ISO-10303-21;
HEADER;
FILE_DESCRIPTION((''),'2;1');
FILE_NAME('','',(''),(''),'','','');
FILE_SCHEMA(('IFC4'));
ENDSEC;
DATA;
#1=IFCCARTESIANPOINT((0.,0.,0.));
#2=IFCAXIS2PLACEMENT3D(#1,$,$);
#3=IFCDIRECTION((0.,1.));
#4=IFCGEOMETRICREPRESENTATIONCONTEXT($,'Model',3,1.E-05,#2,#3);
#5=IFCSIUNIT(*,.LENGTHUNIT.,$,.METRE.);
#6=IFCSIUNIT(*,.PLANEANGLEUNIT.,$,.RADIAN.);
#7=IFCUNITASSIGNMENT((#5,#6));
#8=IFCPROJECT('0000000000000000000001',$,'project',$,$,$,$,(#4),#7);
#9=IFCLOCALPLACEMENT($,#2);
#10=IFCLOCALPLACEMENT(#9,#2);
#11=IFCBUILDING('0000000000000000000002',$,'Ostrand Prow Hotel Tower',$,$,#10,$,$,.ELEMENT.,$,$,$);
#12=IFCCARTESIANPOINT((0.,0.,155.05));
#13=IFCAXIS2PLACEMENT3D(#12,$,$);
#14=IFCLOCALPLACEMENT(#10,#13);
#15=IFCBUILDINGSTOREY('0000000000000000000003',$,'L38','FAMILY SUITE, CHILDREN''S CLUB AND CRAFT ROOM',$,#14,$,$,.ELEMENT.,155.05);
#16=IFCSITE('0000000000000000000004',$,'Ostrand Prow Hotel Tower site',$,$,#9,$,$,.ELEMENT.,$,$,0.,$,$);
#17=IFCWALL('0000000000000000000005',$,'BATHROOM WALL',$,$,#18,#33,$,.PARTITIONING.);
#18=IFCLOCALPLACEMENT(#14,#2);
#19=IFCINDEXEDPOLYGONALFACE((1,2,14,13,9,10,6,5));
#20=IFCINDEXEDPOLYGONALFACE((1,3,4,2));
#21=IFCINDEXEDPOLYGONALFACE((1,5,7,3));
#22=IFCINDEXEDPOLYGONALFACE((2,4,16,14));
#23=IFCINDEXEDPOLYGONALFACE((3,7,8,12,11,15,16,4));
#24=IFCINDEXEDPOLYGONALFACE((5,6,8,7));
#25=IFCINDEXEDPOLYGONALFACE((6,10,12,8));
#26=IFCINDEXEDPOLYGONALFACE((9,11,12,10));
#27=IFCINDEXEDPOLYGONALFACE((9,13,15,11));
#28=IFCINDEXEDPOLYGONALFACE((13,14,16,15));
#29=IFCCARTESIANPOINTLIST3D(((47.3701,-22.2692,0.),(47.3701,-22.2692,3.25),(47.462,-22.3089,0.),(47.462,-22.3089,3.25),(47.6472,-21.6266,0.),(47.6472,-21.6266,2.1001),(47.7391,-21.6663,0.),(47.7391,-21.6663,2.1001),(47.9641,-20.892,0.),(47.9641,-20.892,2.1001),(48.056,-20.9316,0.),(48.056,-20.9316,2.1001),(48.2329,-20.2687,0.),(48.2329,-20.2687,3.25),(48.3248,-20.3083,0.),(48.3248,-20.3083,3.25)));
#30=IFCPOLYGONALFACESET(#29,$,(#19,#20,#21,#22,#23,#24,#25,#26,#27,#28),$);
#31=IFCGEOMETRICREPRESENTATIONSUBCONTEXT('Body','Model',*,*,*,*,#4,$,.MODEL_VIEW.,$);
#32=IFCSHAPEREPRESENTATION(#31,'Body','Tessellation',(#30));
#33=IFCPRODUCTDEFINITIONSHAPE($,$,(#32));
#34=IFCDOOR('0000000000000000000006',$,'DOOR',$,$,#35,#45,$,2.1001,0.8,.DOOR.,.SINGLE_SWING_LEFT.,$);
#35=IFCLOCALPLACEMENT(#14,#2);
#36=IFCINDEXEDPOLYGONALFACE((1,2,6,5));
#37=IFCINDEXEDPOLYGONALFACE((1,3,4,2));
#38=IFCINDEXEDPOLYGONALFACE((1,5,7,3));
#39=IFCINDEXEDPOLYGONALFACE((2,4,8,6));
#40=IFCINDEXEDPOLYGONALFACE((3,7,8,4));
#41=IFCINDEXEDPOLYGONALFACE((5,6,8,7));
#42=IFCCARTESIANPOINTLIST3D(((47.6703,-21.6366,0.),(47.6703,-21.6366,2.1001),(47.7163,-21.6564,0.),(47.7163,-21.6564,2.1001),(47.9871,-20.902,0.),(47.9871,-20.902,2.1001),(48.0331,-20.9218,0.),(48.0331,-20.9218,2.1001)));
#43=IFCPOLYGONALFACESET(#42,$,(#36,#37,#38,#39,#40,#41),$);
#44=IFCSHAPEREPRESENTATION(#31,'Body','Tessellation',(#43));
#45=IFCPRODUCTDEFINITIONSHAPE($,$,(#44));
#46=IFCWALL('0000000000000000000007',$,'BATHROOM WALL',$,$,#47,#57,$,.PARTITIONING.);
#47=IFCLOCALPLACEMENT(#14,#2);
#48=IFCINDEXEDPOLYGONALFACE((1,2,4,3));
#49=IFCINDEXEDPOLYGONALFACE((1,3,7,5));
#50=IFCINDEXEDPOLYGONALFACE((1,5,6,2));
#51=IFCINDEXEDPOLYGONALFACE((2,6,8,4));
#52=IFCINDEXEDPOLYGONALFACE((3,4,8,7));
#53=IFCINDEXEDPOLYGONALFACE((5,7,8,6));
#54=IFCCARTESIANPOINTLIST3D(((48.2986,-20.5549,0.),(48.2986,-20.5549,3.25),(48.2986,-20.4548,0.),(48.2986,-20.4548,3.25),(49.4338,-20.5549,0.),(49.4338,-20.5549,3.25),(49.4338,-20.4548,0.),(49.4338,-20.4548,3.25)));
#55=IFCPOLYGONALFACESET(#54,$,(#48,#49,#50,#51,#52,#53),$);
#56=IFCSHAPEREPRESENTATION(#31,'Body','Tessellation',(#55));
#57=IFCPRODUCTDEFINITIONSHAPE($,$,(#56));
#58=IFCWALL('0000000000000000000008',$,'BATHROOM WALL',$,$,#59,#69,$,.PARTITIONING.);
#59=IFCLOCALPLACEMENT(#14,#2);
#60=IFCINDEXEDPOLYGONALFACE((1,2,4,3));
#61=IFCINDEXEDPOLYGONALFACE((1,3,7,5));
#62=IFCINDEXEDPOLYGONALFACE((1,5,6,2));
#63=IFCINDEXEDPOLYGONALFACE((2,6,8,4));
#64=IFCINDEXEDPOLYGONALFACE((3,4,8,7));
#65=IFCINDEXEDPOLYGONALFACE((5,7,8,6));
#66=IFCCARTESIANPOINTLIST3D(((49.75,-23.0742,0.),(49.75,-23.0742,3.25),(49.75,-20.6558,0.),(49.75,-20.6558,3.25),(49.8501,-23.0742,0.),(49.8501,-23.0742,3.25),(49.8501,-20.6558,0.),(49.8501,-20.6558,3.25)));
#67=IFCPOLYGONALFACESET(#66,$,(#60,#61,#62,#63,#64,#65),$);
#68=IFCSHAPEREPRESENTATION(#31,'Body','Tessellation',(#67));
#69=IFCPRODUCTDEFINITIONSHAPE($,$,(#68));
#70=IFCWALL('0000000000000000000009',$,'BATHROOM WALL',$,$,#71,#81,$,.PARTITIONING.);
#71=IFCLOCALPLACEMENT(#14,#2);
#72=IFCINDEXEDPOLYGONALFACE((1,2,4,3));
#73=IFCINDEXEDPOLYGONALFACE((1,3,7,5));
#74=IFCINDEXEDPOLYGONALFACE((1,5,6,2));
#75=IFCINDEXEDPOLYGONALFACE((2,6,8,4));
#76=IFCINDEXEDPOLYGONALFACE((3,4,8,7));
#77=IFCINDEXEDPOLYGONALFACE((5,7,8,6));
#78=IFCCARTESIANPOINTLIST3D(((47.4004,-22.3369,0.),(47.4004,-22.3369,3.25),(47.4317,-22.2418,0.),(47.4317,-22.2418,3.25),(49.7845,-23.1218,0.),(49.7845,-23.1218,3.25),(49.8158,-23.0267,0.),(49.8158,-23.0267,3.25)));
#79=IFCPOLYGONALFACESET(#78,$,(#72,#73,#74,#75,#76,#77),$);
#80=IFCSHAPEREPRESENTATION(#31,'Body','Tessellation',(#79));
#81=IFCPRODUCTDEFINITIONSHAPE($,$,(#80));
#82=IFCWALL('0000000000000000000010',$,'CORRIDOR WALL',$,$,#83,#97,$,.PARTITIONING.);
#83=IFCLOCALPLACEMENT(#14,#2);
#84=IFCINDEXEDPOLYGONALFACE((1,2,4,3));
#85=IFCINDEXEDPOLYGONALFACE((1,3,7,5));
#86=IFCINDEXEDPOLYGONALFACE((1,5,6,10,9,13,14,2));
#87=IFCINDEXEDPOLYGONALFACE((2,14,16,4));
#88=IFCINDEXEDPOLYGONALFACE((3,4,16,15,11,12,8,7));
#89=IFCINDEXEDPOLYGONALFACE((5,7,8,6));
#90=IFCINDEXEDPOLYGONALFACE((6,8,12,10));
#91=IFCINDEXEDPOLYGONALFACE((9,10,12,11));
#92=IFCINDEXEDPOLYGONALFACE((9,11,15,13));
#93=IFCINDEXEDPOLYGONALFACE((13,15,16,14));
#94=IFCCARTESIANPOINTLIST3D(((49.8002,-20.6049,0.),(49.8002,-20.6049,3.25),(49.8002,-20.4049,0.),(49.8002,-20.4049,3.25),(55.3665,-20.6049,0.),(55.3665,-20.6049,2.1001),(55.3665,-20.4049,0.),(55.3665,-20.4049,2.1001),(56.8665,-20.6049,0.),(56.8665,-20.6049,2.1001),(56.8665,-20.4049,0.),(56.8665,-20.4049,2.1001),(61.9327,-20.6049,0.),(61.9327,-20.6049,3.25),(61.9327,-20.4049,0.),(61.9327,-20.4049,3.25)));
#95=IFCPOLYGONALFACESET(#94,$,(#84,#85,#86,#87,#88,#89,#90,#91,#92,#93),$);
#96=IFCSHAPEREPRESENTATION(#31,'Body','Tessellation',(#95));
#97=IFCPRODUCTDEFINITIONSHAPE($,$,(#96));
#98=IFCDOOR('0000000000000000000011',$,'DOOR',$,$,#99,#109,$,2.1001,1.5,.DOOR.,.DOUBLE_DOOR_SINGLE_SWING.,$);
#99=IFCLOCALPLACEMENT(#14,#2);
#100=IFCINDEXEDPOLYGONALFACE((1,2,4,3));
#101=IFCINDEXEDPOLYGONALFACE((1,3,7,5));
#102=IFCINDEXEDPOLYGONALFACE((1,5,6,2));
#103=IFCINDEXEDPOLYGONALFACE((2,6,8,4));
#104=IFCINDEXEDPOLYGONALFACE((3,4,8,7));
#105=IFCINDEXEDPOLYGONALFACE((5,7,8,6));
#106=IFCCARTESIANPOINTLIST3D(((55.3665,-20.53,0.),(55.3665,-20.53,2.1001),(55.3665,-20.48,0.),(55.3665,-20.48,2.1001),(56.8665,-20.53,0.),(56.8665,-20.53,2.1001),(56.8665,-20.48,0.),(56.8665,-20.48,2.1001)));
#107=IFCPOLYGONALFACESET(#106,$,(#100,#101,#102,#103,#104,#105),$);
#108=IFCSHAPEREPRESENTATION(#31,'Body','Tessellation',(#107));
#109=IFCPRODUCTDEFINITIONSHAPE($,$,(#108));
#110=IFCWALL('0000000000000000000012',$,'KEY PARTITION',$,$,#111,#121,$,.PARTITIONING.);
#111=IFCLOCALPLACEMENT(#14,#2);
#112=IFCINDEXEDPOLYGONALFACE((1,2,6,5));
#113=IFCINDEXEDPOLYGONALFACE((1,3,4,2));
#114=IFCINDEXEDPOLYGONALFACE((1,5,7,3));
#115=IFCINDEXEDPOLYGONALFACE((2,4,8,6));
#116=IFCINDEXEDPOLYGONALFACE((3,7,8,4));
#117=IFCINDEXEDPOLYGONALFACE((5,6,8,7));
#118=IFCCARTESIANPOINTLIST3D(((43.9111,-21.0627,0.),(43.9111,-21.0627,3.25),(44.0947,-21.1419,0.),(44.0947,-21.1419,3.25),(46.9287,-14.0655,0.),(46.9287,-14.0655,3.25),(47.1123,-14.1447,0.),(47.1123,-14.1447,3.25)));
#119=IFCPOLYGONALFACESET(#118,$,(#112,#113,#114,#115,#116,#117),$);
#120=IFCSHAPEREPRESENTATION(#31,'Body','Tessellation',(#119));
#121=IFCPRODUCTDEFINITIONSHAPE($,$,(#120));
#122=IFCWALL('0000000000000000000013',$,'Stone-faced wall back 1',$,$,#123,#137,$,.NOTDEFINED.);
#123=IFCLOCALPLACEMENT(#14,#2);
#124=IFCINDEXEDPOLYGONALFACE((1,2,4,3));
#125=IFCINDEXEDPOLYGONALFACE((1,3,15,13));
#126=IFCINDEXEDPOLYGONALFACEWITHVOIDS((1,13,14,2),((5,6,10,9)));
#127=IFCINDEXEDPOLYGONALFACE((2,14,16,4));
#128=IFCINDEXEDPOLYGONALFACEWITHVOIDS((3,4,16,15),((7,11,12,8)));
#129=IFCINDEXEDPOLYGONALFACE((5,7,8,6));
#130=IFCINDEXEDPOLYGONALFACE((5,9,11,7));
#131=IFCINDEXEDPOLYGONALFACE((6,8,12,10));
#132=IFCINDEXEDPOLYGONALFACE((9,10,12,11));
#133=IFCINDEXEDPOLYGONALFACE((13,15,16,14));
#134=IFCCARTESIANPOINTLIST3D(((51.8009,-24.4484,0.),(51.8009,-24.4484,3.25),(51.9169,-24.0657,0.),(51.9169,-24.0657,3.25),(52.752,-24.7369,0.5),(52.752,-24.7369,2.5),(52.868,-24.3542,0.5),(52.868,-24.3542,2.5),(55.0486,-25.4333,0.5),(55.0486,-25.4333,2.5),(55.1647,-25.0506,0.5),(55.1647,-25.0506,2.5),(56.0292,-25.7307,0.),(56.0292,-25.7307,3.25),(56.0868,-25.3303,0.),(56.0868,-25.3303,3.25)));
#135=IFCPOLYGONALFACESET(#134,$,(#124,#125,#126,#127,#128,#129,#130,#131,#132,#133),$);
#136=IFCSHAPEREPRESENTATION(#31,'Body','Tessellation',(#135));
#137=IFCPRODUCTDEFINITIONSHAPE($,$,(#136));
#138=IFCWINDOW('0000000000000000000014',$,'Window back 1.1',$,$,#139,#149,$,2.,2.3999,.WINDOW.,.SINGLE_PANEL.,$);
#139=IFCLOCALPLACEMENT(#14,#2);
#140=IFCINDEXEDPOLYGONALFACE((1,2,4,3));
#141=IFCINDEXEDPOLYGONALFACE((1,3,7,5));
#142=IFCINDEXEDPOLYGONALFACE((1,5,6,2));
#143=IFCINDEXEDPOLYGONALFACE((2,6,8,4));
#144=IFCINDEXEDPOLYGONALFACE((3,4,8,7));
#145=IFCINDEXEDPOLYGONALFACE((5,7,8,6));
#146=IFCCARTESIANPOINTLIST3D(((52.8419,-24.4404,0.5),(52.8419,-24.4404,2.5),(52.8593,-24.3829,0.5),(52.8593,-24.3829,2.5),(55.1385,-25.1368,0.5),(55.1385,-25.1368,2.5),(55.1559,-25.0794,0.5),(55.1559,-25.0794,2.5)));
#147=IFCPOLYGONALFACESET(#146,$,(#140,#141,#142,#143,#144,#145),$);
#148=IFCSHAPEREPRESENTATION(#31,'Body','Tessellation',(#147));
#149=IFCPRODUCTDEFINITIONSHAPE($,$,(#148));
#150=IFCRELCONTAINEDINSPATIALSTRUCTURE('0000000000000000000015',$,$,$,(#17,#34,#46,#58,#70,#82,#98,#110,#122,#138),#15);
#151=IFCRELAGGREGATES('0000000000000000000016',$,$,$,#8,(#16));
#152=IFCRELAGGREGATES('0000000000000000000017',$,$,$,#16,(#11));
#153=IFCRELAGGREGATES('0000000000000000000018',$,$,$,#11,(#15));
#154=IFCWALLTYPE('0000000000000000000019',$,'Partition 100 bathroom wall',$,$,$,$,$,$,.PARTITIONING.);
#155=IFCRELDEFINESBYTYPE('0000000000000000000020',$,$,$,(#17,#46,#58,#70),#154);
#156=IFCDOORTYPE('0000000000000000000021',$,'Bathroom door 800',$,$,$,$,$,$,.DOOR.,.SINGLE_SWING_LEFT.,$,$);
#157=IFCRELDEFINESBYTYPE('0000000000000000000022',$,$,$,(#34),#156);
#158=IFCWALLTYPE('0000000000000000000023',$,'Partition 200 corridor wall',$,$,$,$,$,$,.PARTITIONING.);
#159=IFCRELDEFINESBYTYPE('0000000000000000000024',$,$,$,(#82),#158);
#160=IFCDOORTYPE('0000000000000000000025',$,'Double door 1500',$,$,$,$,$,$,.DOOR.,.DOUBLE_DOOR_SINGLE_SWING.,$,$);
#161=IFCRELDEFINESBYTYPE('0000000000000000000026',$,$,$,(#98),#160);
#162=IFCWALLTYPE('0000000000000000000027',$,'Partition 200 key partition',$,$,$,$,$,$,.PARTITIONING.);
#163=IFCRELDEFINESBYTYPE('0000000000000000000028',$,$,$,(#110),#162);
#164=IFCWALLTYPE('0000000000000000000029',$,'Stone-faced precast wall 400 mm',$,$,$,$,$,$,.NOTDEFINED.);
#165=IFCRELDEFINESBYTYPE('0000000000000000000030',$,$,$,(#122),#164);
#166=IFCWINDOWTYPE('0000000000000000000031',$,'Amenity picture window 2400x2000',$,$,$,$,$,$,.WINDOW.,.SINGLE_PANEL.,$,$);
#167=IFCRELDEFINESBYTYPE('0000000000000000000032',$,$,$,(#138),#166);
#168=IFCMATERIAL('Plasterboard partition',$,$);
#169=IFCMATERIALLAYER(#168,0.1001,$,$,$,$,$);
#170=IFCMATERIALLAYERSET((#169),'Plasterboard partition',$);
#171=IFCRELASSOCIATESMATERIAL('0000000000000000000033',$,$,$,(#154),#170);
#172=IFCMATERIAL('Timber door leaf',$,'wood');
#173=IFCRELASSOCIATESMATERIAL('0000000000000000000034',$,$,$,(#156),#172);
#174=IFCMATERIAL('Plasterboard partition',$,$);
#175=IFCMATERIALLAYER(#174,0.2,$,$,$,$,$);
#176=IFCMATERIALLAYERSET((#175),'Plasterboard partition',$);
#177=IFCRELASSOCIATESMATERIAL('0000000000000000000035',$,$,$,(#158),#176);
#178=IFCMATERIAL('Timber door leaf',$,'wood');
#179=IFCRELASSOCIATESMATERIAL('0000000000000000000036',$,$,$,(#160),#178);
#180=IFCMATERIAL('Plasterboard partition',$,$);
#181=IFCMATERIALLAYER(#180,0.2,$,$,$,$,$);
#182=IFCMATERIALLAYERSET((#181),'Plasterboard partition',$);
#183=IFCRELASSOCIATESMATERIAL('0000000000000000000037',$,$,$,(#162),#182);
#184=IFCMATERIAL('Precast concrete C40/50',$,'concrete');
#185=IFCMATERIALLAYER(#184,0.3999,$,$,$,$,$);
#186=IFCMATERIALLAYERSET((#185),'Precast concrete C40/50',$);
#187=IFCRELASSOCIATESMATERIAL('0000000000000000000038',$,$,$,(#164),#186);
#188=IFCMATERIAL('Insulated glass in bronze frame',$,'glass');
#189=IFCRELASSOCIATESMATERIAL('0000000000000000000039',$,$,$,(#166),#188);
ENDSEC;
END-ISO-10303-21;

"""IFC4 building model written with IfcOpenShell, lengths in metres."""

from ifc_helpers import new_model, si_unit, direction, frame, frame_2d, origin, place, context, subcontext, project, spatial, polyline, rectangle, outline, extrude, material, layer, layer_set, type_object, element, fill, save


model = new_model("IFC4")

# Units and contexts
model_context = context("Model", 3, precision=1e-05, world=origin(), true_north=direction((0.0, 1.0)))
body_context = subcontext(model_context, "Body", "Model", "MODEL_VIEW")
ifc_project = project(units=[si_unit("LENGTHUNIT", "METRE"), si_unit("PLANEANGLEUNIT", "RADIAN")], contexts=[model_context])

# Site, building, storey
site_placement = place(None, origin())
site = spatial("IfcSite", under=ifc_project, at=site_placement, Name="Ostrand Prow Hotel Tower site", CompositionType="ELEMENT", RefElevation=0.0)
building_placement = place(site_placement, origin())
building = spatial("IfcBuilding", under=site, at=building_placement, Name="Ostrand Prow Hotel Tower", CompositionType="ELEMENT")
storey_placement = place(building_placement, frame((0.0, 0.0, 155.05)))
storey = spatial("IfcBuildingStorey", under=building, at=storey_placement, Name="L38", Description="FAMILY SUITE, CHILDREN'S CLUB AND CRAFT ROOM", CompositionType="ELEMENT", Elevation=155.05)

# Wall, opening, door
ifc_material_1 = material(Name="Plasterboard partition")
ifc_layer_1 = layer(ifc_material_1, 0.1001)
ifc_layer_set_1 = layer_set([ifc_layer_1], Name="Plasterboard partition")
wall_type_1 = type_object("IfcWallType", Name="Partition 100 bathroom wall", PredefinedType="PARTITIONING", material=ifc_layer_set_1)
wall_1_placement = place(storey_placement, frame((47.416, -22.2891, 0.0), z_axis=(0.0, 0.0, 1.0), x_axis=(0.396028, 0.918238, 0.0)))
wall_1 = element("IfcWall", 1, at=wall_1_placement, inside=storey, type_object=wall_type_1, Name="BATHROOM WALL", PredefinedType="PARTITIONING", context=body_context, shape_type="SweptSolid", body=[
    extrude(rectangle(XDim=2.1787, YDim=0.1001, at=frame_2d((1.0894, 0.0))), origin(), (0.0, 0.0, 1.0), 3.25),
])
opening_1_placement = place(wall_1_placement, frame((0.7, 0.0, 0.0)))
opening_1 = element("IfcOpeningElement", 2, at=opening_1_placement, cuts=wall_1, PredefinedType="OPENING", context=body_context, shape_type="SweptSolid", body=[
    extrude(rectangle(XDim=0.8, YDim=2.1001, at=frame_2d((0.3999, 1.05))), frame((0.0, 0.0601, 0.0), z_axis=(0.0, -1.0, 0.0), x_axis=(1.0, 0.0, 0.0)), (0.0, 0.0, 1.0), 0.1201),
])
ifc_material_2 = material(Name="Timber door leaf", Category="wood")
door_type_1 = type_object("IfcDoorType", Name="Bathroom door 800", OperationType="SINGLE_SWING_LEFT", PredefinedType="DOOR", material=ifc_material_2)
door_1_placement = place(opening_1_placement, origin())
door_1 = element("IfcDoor", 3, at=door_1_placement, inside=storey, type_object=door_type_1, Name="DOOR", OperationType="SINGLE_SWING_LEFT", OverallHeight=2.1001, OverallWidth=0.8, PredefinedType="DOOR", context=body_context, shape_type="SweptSolid", body=[
    extrude(rectangle(XDim=0.8, YDim=2.1001, at=frame_2d((0.3999, 1.05))), frame((0.0, 0.0249, 0.0), z_axis=(0.0, -1.0, 0.0), x_axis=(1.0, 0.0, 0.0)), (0.0, 0.0, 1.0), 0.05),
])
fill(opening_1, door_1)

# Walls
wall_2_placement = place(storey_placement, frame((48.2986, -20.5049, 0.0), z_axis=(0.0, 0.0, 1.0), x_axis=(1.0, 0.0, 0.0)))
element("IfcWall", 4, at=wall_2_placement, inside=storey, type_object=wall_type_1, Name="BATHROOM WALL", PredefinedType="PARTITIONING", context=body_context, shape_type="SweptSolid", body=[
    extrude(rectangle(XDim=1.1353, YDim=0.1001, at=frame_2d((0.5676, 0.0))), origin(), (0.0, 0.0, 1.0), 3.25),
])
wall_3_placement = place(storey_placement, frame((49.8, -20.6558, 0.0), z_axis=(0.0, 0.0, 1.0), x_axis=(0.0, -1.0, 0.0)))
element("IfcWall", 5, at=wall_3_placement, inside=storey, type_object=wall_type_1, Name="BATHROOM WALL", PredefinedType="PARTITIONING", context=body_context, shape_type="SweptSolid", body=[
    extrude(rectangle(XDim=2.4185, YDim=0.1001, at=frame_2d((1.2092, 0.0))), origin(), (0.0, 0.0, 1.0), 3.25),
])
wall_4_placement = place(storey_placement, frame((49.8, -23.0742, 0.0), z_axis=(0.0, 0.0, 1.0), x_axis=(-0.949844, 0.312724, 0.0)))
element("IfcWall", 6, at=wall_4_placement, inside=storey, type_object=wall_type_1, Name="BATHROOM WALL", PredefinedType="PARTITIONING", context=body_context, shape_type="SweptSolid", body=[
    extrude(rectangle(XDim=2.51, YDim=0.1001, at=frame_2d((1.2549, 0.0))), origin(), (0.0, 0.0, 1.0), 3.25),
])

# Wall, opening, door
ifc_material_3 = material(Name="Plasterboard partition")
ifc_layer_2 = layer(ifc_material_3, 0.2)
ifc_layer_set_2 = layer_set([ifc_layer_2], Name="Plasterboard partition")
wall_type_2 = type_object("IfcWallType", Name="Partition 200 corridor wall", PredefinedType="PARTITIONING", material=ifc_layer_set_2)
wall_5_placement = place(storey_placement, frame((49.8, -20.5049, 0.0), z_axis=(0.0, 0.0, 1.0), x_axis=(1.0, 0.0, 0.0)))
wall_5 = element("IfcWall", 7, at=wall_5_placement, inside=storey, type_object=wall_type_2, Name="CORRIDOR WALL", PredefinedType="PARTITIONING", context=body_context, shape_type="SweptSolid", body=[
    extrude(rectangle(XDim=12.1326, YDim=0.2, at=frame_2d((6.0664, 0.0))), origin(), (0.0, 0.0, 1.0), 3.25),
])
opening_2_placement = place(wall_5_placement, frame((5.5664, 0.0, 0.0)))
opening_2 = element("IfcOpeningElement", 8, at=opening_2_placement, cuts=wall_5, PredefinedType="OPENING", context=body_context, shape_type="SweptSolid", body=[
    extrude(rectangle(XDim=1.5, YDim=2.1001, at=frame_2d((0.75, 1.05))), frame((0.0, 0.1099, 0.0), z_axis=(0.0, -1.0, 0.0), x_axis=(1.0, 0.0, 0.0)), (0.0, 0.0, 1.0), 0.22),
])
ifc_material_4 = material(Name="Timber door leaf", Category="wood")
door_type_2 = type_object("IfcDoorType", Name="Double door 1500", OperationType="DOUBLE_DOOR_SINGLE_SWING", PredefinedType="DOOR", material=ifc_material_4)
door_2_placement = place(opening_2_placement, origin())
door_2 = element("IfcDoor", 9, at=door_2_placement, inside=storey, type_object=door_type_2, Name="DOOR", OperationType="DOUBLE_DOOR_SINGLE_SWING", OverallHeight=2.1001, OverallWidth=1.5, PredefinedType="DOOR", context=body_context, shape_type="SweptSolid", body=[
    extrude(rectangle(XDim=1.5, YDim=2.1001, at=frame_2d((0.75, 1.05))), frame((0.0, 0.0249, 0.0), z_axis=(0.0, -1.0, 0.0), x_axis=(1.0, 0.0, 0.0)), (0.0, 0.0, 1.0), 0.05),
])
fill(opening_2, door_2)

# Wall
ifc_material_5 = material(Name="Plasterboard partition")
ifc_layer_3 = layer(ifc_material_5, 0.2)
ifc_layer_set_3 = layer_set([ifc_layer_3], Name="Plasterboard partition")
wall_type_3 = type_object("IfcWallType", Name="Partition 200 key partition", PredefinedType="PARTITIONING", material=ifc_layer_set_3)
wall_6_placement = place(storey_placement, frame((44.0029, -21.1023, 0.0), z_axis=(0.0, 0.0, 1.0), x_axis=(0.396006, 0.918248, 0.0)))
element("IfcWall", 10, at=wall_6_placement, inside=storey, type_object=wall_type_3, Name="KEY PARTITION", PredefinedType="PARTITIONING", context=body_context, shape_type="SweptSolid", body=[
    extrude(rectangle(XDim=7.6201, YDim=0.2, at=frame_2d((3.8101, 0.0))), origin(), (0.0, 0.0, 1.0), 3.25),
])

# Wall, opening, window
ifc_material_6 = material(Name="Precast concrete C40/50", Category="concrete")
ifc_layer_4 = layer(ifc_material_6, 0.3999)
ifc_layer_set_4 = layer_set([ifc_layer_4], Name="Precast concrete C40/50")
wall_type_4 = type_object("IfcWallType", Name="Stone-faced precast wall 400 mm", PredefinedType="NOTDEFINED", material=ifc_layer_set_4)
wall_7_placement = place(storey_placement, frame((51.8589, -24.2571, 0.0), z_axis=(0.0, 0.0, 1.0), x_axis=(0.956964, -0.290205, 0.0)))
wall_7 = element("IfcWall", 11, at=wall_7_placement, inside=storey, type_object=wall_type_4, Name="Stone-faced wall back 1", PredefinedType="NOTDEFINED", context=body_context, shape_type="SweptSolid", body=[
    extrude(outline(polyline([(0.0, -0.2), (4.4185, -0.2), (4.3574, 0.2), (0.0, 0.2), (0.0, -0.2)])), origin(), (0.0, 0.0, 1.0), 3.25),
])
opening_3_placement = place(wall_7_placement, frame((0.9939, 0.0, 0.5)))
opening_3 = element("IfcOpeningElement", 12, at=opening_3_placement, cuts=wall_7, PredefinedType="OPENING", context=body_context, shape_type="SweptSolid", body=[
    extrude(rectangle(XDim=2.3999, YDim=2.0, at=frame_2d((1.2, 1.0))), frame((0.0, 0.21, 0.0), z_axis=(0.0, -1.0, 0.0), x_axis=(1.0, 0.0, 0.0)), (0.0, 0.0, 1.0), 0.4199),
])
ifc_material_7 = material(Name="Insulated glass in bronze frame", Category="glass")
window_type = type_object("IfcWindowType", Name="Amenity picture window 2400x2000", PartitioningType="SINGLE_PANEL", PredefinedType="WINDOW", material=ifc_material_7)
window_placement = place(opening_3_placement, origin())
window = element("IfcWindow", 13, at=window_placement, inside=storey, type_object=window_type, Name="Window back 1.1", OverallHeight=2.0, OverallWidth=2.3999, PartitioningType="SINGLE_PANEL", PredefinedType="WINDOW", context=body_context, shape_type="SweptSolid", body=[
    extrude(rectangle(XDim=2.3999, YDim=2.0, at=frame_2d((1.2, 1.0))), frame((0.0, 0.1699, 0.0), z_axis=(0.0, -1.0, 0.0), x_axis=(1.0, 0.0, 0.0)), (0.0, 0.0, 1.0), 0.0601),
])
fill(opening_3, window)

save(model, "model.ifc")
